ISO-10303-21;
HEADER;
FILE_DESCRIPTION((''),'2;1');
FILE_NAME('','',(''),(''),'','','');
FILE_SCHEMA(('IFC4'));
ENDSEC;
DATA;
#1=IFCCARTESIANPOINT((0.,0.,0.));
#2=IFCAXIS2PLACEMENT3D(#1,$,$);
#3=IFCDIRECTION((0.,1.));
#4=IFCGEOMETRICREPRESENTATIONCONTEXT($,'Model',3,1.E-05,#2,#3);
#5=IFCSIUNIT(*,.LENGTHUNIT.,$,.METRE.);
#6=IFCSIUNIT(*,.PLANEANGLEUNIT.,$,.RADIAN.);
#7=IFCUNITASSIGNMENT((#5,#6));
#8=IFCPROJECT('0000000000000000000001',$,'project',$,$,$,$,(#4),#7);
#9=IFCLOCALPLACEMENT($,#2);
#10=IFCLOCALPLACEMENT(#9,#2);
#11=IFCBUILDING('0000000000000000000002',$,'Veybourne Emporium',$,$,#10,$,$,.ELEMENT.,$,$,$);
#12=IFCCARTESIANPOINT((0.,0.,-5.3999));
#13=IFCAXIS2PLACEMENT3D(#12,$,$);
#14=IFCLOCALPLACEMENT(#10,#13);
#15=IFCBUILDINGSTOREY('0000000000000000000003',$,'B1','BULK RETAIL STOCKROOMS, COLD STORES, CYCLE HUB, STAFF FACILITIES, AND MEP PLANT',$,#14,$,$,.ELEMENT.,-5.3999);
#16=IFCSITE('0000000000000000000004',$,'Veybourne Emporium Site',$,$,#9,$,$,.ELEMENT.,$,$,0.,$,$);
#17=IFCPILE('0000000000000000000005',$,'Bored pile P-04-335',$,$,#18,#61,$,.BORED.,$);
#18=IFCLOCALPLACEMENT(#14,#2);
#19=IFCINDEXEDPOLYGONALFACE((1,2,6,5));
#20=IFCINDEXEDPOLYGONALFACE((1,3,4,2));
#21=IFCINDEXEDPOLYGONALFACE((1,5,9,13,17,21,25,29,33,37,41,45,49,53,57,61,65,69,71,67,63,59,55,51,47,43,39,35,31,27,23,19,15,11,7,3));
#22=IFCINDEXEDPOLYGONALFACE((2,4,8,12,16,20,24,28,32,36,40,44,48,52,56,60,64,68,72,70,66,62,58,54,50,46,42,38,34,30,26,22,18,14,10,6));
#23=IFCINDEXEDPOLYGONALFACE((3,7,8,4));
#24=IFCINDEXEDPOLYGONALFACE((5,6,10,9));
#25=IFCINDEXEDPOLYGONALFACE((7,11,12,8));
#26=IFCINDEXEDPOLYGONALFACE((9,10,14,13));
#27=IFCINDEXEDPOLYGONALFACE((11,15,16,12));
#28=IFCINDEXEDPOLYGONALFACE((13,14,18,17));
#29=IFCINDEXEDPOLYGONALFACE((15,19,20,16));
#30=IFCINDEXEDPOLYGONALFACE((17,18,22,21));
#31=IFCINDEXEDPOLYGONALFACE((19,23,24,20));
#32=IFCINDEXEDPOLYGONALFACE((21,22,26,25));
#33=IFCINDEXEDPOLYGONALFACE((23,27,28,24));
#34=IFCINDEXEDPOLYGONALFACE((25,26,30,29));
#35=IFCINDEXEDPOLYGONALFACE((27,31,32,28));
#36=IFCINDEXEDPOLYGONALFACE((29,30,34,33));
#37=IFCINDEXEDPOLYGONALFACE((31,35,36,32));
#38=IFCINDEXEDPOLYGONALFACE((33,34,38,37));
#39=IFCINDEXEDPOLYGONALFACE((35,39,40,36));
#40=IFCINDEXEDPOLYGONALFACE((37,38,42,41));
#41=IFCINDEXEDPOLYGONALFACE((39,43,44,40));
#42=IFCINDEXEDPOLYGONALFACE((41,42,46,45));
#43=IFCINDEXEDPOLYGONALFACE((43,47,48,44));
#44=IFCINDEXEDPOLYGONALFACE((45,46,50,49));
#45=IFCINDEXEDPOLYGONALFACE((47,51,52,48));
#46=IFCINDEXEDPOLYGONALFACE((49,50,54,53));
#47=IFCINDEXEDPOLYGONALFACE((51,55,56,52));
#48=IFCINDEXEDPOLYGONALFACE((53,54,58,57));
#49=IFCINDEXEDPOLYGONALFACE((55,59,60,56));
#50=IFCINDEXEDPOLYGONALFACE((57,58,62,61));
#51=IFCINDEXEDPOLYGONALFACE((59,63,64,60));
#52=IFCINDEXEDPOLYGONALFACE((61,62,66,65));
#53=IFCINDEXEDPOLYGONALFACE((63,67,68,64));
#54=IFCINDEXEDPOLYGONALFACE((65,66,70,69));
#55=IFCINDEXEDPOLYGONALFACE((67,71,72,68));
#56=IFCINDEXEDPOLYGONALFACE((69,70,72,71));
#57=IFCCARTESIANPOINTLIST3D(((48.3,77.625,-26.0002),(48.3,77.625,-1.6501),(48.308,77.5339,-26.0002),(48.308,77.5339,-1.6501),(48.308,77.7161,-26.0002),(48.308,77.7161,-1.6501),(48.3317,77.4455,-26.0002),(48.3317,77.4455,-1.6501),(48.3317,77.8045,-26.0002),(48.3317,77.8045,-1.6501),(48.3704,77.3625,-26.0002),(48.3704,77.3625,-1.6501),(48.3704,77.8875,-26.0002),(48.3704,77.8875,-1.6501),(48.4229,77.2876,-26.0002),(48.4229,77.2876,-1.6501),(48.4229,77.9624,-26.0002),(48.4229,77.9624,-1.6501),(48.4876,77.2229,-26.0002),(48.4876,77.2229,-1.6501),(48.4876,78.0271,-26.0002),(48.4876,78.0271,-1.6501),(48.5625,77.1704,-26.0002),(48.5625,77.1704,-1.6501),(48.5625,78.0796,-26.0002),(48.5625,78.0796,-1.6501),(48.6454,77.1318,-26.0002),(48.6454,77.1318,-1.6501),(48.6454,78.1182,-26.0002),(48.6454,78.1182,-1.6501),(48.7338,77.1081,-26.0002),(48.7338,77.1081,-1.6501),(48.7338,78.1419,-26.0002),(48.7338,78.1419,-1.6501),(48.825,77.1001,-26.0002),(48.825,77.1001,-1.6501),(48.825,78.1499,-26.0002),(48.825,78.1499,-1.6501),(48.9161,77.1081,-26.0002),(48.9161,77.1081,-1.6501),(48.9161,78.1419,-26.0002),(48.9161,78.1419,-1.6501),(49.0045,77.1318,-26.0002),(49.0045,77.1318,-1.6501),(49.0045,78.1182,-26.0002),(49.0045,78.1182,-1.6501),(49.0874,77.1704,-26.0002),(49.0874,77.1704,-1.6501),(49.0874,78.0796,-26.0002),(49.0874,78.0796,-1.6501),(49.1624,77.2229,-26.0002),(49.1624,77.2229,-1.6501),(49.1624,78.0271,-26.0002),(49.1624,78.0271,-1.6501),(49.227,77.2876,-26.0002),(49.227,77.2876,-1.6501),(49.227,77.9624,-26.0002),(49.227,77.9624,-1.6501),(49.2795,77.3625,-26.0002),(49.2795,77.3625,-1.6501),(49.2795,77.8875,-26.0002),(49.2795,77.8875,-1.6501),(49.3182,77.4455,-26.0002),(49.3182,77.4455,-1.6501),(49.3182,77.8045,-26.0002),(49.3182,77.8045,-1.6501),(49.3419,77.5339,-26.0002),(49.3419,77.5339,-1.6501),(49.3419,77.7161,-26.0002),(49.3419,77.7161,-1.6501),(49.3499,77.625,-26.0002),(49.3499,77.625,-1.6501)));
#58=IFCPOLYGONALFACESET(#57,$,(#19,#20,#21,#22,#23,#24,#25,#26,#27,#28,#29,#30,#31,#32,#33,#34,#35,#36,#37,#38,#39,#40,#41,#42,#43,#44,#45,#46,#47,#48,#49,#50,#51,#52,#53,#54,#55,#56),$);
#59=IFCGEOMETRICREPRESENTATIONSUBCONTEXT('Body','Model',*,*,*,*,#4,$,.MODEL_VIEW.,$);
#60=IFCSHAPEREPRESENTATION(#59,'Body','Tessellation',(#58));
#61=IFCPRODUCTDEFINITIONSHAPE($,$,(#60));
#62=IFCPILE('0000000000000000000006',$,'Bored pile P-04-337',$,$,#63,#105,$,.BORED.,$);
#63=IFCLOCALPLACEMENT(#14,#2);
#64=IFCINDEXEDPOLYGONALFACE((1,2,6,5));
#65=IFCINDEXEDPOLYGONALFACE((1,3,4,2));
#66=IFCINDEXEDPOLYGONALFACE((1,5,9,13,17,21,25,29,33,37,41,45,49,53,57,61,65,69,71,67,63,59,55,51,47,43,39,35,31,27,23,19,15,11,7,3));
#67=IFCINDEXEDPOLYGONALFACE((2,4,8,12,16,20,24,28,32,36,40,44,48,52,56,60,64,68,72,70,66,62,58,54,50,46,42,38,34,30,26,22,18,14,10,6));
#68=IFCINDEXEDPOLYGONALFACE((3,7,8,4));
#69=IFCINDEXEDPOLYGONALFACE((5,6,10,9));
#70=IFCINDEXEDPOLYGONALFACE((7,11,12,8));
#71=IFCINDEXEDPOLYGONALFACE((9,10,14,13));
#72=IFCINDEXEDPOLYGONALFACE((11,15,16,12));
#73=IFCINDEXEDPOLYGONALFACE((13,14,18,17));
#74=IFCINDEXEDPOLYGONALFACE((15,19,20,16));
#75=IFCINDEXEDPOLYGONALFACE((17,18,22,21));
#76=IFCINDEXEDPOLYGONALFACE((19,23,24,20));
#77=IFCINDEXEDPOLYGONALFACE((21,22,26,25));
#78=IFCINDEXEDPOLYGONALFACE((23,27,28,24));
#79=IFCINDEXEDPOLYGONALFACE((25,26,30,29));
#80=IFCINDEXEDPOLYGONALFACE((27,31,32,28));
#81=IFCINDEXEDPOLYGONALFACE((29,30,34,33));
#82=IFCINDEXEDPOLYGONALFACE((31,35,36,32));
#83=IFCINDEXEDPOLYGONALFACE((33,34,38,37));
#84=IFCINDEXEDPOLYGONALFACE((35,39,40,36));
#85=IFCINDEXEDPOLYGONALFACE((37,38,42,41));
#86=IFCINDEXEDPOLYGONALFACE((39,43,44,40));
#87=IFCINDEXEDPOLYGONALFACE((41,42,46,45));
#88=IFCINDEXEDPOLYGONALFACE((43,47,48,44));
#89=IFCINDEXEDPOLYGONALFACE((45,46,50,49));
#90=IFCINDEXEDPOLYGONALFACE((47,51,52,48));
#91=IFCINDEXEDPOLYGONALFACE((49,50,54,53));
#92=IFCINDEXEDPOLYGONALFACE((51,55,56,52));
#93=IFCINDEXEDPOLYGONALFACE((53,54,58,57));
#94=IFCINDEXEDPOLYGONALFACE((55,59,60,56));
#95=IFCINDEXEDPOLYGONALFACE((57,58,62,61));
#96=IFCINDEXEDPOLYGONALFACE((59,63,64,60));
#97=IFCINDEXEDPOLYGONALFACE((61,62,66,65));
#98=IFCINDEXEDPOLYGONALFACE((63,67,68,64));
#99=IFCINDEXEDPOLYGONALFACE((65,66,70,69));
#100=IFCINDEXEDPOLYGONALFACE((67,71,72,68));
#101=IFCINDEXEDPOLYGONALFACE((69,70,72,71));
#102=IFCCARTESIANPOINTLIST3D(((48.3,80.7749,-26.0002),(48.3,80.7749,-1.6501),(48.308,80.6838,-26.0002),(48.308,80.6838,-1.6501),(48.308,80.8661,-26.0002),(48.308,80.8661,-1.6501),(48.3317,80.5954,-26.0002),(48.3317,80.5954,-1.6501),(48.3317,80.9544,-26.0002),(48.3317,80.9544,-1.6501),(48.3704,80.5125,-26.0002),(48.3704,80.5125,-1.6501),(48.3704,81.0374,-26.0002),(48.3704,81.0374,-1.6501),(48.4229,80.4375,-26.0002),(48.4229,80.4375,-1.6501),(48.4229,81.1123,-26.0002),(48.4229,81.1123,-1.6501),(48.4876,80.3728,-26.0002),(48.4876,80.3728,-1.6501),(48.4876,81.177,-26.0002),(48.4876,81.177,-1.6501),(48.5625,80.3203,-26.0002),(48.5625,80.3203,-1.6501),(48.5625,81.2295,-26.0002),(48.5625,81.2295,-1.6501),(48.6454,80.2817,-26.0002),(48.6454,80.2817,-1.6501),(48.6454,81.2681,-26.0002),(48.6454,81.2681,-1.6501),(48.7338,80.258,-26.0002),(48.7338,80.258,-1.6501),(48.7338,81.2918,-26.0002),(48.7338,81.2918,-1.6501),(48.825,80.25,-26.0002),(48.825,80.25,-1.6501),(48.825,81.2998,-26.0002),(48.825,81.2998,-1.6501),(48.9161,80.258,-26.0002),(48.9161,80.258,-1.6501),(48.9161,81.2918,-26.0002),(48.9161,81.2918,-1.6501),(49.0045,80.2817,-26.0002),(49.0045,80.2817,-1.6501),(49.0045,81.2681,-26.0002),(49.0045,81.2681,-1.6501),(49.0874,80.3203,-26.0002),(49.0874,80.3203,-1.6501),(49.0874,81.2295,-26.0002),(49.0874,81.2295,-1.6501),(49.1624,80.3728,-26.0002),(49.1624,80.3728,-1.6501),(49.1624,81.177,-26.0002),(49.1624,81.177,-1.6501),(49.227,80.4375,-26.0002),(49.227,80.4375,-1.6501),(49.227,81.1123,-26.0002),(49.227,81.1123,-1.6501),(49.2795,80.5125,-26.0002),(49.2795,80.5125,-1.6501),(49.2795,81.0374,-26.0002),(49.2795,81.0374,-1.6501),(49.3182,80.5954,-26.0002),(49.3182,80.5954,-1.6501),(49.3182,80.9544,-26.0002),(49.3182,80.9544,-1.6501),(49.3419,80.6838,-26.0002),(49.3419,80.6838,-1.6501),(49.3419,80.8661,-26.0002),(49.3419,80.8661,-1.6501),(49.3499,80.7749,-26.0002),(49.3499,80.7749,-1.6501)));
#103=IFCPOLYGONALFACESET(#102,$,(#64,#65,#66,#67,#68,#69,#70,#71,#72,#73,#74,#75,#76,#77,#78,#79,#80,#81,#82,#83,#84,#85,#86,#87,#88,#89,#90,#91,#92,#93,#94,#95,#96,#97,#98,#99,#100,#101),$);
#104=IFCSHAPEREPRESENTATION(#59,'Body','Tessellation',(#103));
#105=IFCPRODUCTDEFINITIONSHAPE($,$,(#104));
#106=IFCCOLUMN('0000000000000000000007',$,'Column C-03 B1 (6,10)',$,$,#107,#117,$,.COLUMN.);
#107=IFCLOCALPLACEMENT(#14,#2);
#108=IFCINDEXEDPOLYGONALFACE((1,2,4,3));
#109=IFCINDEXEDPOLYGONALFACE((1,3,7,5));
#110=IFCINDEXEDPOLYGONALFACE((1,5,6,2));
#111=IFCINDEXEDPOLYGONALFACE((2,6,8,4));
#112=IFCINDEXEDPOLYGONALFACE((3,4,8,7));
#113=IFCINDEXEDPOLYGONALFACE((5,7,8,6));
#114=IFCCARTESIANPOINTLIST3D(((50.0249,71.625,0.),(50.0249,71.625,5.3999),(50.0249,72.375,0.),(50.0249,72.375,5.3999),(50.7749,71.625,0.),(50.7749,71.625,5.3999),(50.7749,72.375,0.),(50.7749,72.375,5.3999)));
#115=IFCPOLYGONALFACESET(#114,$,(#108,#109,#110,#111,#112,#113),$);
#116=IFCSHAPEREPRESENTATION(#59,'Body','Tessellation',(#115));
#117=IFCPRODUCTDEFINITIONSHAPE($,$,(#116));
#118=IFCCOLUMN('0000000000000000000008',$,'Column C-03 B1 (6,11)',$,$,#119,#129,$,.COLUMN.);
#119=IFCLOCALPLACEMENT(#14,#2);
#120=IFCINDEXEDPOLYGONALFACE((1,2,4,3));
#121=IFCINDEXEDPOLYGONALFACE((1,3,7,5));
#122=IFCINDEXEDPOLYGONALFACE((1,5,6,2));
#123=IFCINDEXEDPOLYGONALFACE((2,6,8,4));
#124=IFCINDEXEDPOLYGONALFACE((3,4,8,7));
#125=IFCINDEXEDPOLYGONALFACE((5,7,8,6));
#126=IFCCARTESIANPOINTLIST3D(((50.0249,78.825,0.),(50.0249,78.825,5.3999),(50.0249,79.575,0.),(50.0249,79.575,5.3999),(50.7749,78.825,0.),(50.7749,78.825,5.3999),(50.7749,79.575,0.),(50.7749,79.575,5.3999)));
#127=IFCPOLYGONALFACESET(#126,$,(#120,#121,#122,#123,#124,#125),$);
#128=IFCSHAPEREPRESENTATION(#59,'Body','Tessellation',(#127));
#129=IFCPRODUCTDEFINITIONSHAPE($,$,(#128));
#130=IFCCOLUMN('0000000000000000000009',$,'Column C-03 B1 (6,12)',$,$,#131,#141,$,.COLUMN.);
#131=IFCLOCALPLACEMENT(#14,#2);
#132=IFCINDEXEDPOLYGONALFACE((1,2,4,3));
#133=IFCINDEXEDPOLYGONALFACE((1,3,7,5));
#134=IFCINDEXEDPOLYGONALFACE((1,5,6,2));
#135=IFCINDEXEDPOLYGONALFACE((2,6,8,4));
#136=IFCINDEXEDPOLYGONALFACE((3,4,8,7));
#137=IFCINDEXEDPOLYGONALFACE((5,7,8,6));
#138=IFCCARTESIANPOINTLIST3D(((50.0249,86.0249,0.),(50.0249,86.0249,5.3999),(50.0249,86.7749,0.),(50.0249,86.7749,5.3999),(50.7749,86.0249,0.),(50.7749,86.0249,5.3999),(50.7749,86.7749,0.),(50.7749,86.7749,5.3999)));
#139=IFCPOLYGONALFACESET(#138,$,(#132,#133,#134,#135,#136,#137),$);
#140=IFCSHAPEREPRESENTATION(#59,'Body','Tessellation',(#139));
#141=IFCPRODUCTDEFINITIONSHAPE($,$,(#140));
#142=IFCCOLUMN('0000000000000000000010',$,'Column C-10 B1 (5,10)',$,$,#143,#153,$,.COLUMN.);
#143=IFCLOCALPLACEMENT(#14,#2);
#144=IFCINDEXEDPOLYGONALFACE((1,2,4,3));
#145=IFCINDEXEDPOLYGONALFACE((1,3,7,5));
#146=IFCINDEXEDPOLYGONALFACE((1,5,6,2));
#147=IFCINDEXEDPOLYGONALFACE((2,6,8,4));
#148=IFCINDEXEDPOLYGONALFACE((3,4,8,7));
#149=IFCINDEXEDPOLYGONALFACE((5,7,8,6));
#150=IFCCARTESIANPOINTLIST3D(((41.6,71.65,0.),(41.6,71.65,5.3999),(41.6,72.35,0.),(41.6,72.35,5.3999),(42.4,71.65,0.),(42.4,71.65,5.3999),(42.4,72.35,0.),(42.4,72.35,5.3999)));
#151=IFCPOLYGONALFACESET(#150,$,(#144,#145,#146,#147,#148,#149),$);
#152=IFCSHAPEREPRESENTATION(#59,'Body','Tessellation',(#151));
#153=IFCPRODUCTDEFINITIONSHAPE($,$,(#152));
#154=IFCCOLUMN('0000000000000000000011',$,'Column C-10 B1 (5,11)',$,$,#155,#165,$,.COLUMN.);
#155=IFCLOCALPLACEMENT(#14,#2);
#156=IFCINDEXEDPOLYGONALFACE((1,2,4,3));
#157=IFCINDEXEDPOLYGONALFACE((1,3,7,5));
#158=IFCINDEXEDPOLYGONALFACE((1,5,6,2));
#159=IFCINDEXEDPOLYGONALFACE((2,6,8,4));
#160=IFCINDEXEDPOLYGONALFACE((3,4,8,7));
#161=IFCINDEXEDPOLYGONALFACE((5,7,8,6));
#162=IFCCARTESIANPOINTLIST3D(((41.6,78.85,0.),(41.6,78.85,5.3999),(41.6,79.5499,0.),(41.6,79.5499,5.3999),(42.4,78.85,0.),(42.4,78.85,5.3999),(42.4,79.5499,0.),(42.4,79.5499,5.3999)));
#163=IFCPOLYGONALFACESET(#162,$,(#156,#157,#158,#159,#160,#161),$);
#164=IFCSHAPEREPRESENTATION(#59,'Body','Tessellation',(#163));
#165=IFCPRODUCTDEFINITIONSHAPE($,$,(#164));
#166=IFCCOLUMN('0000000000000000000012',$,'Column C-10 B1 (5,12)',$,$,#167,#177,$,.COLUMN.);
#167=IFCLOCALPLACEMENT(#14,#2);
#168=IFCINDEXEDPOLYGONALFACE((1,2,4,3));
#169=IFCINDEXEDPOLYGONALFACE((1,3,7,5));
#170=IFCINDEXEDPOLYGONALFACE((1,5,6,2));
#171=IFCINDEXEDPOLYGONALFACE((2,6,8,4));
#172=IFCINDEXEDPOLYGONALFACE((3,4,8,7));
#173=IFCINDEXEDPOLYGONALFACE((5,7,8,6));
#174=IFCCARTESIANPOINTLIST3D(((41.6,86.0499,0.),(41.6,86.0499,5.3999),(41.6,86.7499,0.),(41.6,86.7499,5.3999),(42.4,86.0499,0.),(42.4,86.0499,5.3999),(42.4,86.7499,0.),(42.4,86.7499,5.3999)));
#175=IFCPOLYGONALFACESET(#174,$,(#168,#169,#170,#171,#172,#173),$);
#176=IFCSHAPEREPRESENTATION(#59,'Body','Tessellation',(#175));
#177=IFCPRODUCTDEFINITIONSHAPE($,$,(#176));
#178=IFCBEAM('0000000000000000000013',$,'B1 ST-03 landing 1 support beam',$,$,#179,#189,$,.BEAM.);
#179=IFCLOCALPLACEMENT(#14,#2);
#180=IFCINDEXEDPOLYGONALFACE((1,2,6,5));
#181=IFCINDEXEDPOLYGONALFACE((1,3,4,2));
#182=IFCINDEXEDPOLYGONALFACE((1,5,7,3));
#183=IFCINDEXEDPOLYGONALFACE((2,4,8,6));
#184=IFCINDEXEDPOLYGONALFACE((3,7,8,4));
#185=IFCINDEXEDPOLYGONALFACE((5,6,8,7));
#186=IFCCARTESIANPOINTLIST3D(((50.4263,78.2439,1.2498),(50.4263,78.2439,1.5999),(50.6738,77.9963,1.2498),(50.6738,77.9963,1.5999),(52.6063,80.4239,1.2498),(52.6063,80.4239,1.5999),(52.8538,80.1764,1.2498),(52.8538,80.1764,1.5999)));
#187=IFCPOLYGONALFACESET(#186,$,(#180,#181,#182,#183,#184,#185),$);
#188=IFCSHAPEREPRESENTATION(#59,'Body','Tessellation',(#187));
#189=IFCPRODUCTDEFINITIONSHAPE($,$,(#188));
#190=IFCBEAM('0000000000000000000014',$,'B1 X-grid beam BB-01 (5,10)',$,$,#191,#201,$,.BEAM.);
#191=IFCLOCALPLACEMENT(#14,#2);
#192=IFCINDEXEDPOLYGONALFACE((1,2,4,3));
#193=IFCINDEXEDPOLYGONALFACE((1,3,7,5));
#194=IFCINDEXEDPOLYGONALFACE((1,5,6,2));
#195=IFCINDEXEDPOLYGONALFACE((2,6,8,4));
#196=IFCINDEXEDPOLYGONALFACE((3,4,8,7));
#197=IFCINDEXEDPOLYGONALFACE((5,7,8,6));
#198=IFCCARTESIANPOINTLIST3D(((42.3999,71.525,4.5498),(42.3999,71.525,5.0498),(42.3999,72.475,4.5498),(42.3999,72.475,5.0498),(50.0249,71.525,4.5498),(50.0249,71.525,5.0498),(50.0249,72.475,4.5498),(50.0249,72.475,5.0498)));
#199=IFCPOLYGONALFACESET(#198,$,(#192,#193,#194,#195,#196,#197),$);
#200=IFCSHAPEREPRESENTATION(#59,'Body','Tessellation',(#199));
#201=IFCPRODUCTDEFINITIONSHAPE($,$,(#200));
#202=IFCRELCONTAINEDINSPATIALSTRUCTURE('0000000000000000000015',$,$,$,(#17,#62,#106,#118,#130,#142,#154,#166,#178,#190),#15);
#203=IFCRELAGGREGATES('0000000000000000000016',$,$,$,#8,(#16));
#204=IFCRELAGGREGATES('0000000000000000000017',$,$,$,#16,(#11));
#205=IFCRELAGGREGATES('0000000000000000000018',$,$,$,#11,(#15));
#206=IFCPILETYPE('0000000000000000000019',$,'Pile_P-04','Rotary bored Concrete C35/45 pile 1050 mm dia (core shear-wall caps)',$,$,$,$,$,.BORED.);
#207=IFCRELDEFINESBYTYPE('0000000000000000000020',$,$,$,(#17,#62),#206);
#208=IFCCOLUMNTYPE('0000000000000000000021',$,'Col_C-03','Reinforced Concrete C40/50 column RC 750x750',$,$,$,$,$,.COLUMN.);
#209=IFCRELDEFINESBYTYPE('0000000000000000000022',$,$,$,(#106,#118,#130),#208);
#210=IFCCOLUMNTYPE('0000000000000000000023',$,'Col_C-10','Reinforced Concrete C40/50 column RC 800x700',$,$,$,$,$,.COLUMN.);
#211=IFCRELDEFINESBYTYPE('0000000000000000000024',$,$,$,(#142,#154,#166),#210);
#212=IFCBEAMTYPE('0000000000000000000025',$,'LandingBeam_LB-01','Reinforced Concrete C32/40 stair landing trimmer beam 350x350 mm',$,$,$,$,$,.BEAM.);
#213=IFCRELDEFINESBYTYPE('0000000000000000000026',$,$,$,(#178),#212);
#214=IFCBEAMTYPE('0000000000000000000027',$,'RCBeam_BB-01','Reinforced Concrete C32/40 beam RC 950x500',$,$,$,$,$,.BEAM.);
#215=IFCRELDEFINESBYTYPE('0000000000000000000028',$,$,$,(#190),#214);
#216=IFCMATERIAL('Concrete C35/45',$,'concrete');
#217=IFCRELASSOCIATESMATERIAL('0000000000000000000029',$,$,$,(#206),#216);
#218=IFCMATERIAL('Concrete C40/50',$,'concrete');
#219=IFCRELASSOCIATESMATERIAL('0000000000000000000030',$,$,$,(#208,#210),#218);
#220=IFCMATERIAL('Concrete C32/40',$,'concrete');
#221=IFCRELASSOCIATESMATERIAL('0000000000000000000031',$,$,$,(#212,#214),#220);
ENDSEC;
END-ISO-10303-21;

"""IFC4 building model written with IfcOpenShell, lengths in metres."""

from ifc_helpers import new_model, si_unit, direction, frame, origin, origin_2d, place, context, subcontext, project, spatial, rectangle, circle, extrude, material, material_profile, profile_set, type_object, element, save


model = new_model("IFC4")

# Units and contexts
model_context = context("Model", 3, precision=1e-05, world=origin(), true_north=direction((0.0, 1.0)))
body_context = subcontext(model_context, "Body", "Model", "MODEL_VIEW")
ifc_project = project(units=[si_unit("LENGTHUNIT", "METRE"), si_unit("PLANEANGLEUNIT", "RADIAN")], contexts=[model_context])

# Site, building, storey
site_placement = place(None, origin())
site = spatial("IfcSite", under=ifc_project, at=site_placement, Name="Veybourne Emporium Site", CompositionType="ELEMENT", RefElevation=0.0)
building_placement = place(site_placement, origin())
building = spatial("IfcBuilding", under=site, at=building_placement, Name="Veybourne Emporium", CompositionType="ELEMENT")
storey_placement = place(building_placement, frame((0.0, 0.0, -5.3999)))
storey = spatial("IfcBuildingStorey", under=building, at=storey_placement, Name="B1", Description="BULK RETAIL STOCKROOMS, COLD STORES, CYCLE HUB, STAFF FACILITIES, AND MEP PLANT", CompositionType="ELEMENT", Elevation=-5.3999)

# Shared definitions
ifc_material_1 = material(Name="Concrete C35/45", Category="concrete")

# Piles
ifc_material_profile_1 = material_profile(ifc_material_1, circle(Radius=0.5249, at=origin_2d()), Name="BORED PILE 1050")
ifc_profile_set_1 = profile_set([ifc_material_profile_1], Name="Concrete C35/45")
pile_type_1 = type_object("IfcPileType", Name="Pile_P-04", Description="Rotary bored Concrete C35/45 pile 1050 mm dia (core shear-wall caps)", PredefinedType="BORED", material=ifc_profile_set_1)
for number, where, z_axis, x_axis, name in (
    (1, (48.825, 77.625, -1.6501), (0.0, 0.0, -1.0), (1.0, 0.0, 0.0), "Bored pile P-04-335"),
    (2, (48.825, 80.7749, -1.6501), (0.0, 0.0, -1.0), (1.0, 0.0, 0.0), "Bored pile P-04-337"),
):
    element("IfcPile", number, at=place(storey_placement, frame(where, z_axis=z_axis, x_axis=x_axis)), inside=storey, type_object=pile_type_1, Name=name, PredefinedType="BORED", context=body_context, shape_type="SweptSolid", body=[
        extrude(circle(Radius=0.5249, at=origin_2d()), origin(), (0.0, 0.0, 1.0), 24.3501),
    ])

# Columns
ifc_material_2 = material(Name="Concrete C40/50", Category="concrete")
ifc_material_profile_2 = material_profile(ifc_material_2, rectangle(XDim=0.75, YDim=0.75, at=origin_2d()), Name="RC 750x750")
ifc_profile_set_2 = profile_set([ifc_material_profile_2], Name="Concrete C40/50")
column_type_1 = type_object("IfcColumnType", Name="Col_C-03", Description="Reinforced Concrete C40/50 column RC 750x750", PredefinedType="COLUMN", material=ifc_profile_set_2)
for number, where, z_axis, x_axis, name in (
    (3, (50.3999, 72.0, 0.0), (0.0, 0.0, 1.0), (1.0, 0.0, 0.0), "Column C-03 B1 (6,10)"),
    (4, (50.3999, 79.2, 0.0), (0.0, 0.0, 1.0), (1.0, 0.0, 0.0), "Column C-03 B1 (6,11)"),
    (5, (50.3999, 86.3999, 0.0), (0.0, 0.0, 1.0), (1.0, 0.0, 0.0), "Column C-03 B1 (6,12)"),
):
    element("IfcColumn", number, at=place(storey_placement, frame(where, z_axis=z_axis, x_axis=x_axis)), inside=storey, type_object=column_type_1, Name=name, PredefinedType="COLUMN", context=body_context, shape_type="SweptSolid", body=[
        extrude(rectangle(XDim=0.75, YDim=0.75, at=origin_2d()), origin(), (0.0, 0.0, 1.0), 5.3999),
    ])
ifc_material_profile_3 = material_profile(ifc_material_2, rectangle(XDim=0.8, YDim=0.7, at=origin_2d()), Name="RC 800x700")
ifc_profile_set_3 = profile_set([ifc_material_profile_3], Name="Concrete C40/50")
column_type_2 = type_object("IfcColumnType", Name="Col_C-10", Description="Reinforced Concrete C40/50 column RC 800x700", PredefinedType="COLUMN", material=ifc_profile_set_3)
for number, where, z_axis, x_axis, name in (
    (6, (42.0, 72.0, 0.0), (0.0, 0.0, 1.0), (1.0, 0.0, 0.0), "Column C-10 B1 (5,10)"),
    (7, (42.0, 79.2, 0.0), (0.0, 0.0, 1.0), (1.0, 0.0, 0.0), "Column C-10 B1 (5,11)"),
    (8, (42.0, 86.3999, 0.0), (0.0, 0.0, 1.0), (1.0, 0.0, 0.0), "Column C-10 B1 (5,12)"),
):
    element("IfcColumn", number, at=place(storey_placement, frame(where, z_axis=z_axis, x_axis=x_axis)), inside=storey, type_object=column_type_2, Name=name, PredefinedType="COLUMN", context=body_context, shape_type="SweptSolid", body=[
        extrude(rectangle(XDim=0.8, YDim=0.7, at=origin_2d()), origin(), (0.0, 0.0, 1.0), 5.3999),
    ])

# Beams
ifc_material_3 = material(Name="Concrete C32/40", Category="concrete")
ifc_material_profile_4 = material_profile(ifc_material_3, rectangle(XDim=0.3501, YDim=0.3501, at=origin_2d()), Name="RC 350x350")
ifc_profile_set_4 = profile_set([ifc_material_profile_4], Name="Concrete C32/40")
beam_type_1 = type_object("IfcBeamType", Name="LandingBeam_LB-01", Description="Reinforced Concrete C32/40 stair landing trimmer beam 350x350 mm", PredefinedType="BEAM", material=ifc_profile_set_4)
beam_1_placement = place(storey_placement, frame((50.55, 78.1201, 1.4248), z_axis=(0.707107, 0.707107, 0.0), x_axis=(-0.707107, 0.707107, 0.0)))
element("IfcBeam", 9, at=beam_1_placement, inside=storey, type_object=beam_type_1, Name="B1 ST-03 landing 1 support beam", PredefinedType="BEAM", context=body_context, shape_type="SweptSolid", body=[
    extrude(rectangle(XDim=0.3501, YDim=0.3501, at=origin_2d()), origin(), (0.0, 0.0, 1.0), 3.083),
])
ifc_material_profile_5 = material_profile(ifc_material_3, rectangle(XDim=0.95, YDim=0.5, at=origin_2d()), Name="RC 950x500")
ifc_profile_set_5 = profile_set([ifc_material_profile_5], Name="Concrete C32/40")
beam_type_2 = type_object("IfcBeamType", Name="RCBeam_BB-01", Description="Reinforced Concrete C32/40 beam RC 950x500", PredefinedType="BEAM", material=ifc_profile_set_5)
for number, where, z_axis, x_axis, name in (
    (10, (42.3999, 72.0, 4.7998), (1.0, 0.0, 0.0), (0.0, 1.0, 0.0), "B1 X-grid beam BB-01 (5,10)"),
):
    element("IfcBeam", number, at=place(storey_placement, frame(where, z_axis=z_axis, x_axis=x_axis)), inside=storey, type_object=beam_type_2, Name=name, PredefinedType="BEAM", context=body_context, shape_type="SweptSolid", body=[
        extrude(rectangle(XDim=0.95, YDim=0.5, at=origin_2d()), origin(), (0.0, 0.0, 1.0), 7.625),
    ])

save(model, "model.ifc")
